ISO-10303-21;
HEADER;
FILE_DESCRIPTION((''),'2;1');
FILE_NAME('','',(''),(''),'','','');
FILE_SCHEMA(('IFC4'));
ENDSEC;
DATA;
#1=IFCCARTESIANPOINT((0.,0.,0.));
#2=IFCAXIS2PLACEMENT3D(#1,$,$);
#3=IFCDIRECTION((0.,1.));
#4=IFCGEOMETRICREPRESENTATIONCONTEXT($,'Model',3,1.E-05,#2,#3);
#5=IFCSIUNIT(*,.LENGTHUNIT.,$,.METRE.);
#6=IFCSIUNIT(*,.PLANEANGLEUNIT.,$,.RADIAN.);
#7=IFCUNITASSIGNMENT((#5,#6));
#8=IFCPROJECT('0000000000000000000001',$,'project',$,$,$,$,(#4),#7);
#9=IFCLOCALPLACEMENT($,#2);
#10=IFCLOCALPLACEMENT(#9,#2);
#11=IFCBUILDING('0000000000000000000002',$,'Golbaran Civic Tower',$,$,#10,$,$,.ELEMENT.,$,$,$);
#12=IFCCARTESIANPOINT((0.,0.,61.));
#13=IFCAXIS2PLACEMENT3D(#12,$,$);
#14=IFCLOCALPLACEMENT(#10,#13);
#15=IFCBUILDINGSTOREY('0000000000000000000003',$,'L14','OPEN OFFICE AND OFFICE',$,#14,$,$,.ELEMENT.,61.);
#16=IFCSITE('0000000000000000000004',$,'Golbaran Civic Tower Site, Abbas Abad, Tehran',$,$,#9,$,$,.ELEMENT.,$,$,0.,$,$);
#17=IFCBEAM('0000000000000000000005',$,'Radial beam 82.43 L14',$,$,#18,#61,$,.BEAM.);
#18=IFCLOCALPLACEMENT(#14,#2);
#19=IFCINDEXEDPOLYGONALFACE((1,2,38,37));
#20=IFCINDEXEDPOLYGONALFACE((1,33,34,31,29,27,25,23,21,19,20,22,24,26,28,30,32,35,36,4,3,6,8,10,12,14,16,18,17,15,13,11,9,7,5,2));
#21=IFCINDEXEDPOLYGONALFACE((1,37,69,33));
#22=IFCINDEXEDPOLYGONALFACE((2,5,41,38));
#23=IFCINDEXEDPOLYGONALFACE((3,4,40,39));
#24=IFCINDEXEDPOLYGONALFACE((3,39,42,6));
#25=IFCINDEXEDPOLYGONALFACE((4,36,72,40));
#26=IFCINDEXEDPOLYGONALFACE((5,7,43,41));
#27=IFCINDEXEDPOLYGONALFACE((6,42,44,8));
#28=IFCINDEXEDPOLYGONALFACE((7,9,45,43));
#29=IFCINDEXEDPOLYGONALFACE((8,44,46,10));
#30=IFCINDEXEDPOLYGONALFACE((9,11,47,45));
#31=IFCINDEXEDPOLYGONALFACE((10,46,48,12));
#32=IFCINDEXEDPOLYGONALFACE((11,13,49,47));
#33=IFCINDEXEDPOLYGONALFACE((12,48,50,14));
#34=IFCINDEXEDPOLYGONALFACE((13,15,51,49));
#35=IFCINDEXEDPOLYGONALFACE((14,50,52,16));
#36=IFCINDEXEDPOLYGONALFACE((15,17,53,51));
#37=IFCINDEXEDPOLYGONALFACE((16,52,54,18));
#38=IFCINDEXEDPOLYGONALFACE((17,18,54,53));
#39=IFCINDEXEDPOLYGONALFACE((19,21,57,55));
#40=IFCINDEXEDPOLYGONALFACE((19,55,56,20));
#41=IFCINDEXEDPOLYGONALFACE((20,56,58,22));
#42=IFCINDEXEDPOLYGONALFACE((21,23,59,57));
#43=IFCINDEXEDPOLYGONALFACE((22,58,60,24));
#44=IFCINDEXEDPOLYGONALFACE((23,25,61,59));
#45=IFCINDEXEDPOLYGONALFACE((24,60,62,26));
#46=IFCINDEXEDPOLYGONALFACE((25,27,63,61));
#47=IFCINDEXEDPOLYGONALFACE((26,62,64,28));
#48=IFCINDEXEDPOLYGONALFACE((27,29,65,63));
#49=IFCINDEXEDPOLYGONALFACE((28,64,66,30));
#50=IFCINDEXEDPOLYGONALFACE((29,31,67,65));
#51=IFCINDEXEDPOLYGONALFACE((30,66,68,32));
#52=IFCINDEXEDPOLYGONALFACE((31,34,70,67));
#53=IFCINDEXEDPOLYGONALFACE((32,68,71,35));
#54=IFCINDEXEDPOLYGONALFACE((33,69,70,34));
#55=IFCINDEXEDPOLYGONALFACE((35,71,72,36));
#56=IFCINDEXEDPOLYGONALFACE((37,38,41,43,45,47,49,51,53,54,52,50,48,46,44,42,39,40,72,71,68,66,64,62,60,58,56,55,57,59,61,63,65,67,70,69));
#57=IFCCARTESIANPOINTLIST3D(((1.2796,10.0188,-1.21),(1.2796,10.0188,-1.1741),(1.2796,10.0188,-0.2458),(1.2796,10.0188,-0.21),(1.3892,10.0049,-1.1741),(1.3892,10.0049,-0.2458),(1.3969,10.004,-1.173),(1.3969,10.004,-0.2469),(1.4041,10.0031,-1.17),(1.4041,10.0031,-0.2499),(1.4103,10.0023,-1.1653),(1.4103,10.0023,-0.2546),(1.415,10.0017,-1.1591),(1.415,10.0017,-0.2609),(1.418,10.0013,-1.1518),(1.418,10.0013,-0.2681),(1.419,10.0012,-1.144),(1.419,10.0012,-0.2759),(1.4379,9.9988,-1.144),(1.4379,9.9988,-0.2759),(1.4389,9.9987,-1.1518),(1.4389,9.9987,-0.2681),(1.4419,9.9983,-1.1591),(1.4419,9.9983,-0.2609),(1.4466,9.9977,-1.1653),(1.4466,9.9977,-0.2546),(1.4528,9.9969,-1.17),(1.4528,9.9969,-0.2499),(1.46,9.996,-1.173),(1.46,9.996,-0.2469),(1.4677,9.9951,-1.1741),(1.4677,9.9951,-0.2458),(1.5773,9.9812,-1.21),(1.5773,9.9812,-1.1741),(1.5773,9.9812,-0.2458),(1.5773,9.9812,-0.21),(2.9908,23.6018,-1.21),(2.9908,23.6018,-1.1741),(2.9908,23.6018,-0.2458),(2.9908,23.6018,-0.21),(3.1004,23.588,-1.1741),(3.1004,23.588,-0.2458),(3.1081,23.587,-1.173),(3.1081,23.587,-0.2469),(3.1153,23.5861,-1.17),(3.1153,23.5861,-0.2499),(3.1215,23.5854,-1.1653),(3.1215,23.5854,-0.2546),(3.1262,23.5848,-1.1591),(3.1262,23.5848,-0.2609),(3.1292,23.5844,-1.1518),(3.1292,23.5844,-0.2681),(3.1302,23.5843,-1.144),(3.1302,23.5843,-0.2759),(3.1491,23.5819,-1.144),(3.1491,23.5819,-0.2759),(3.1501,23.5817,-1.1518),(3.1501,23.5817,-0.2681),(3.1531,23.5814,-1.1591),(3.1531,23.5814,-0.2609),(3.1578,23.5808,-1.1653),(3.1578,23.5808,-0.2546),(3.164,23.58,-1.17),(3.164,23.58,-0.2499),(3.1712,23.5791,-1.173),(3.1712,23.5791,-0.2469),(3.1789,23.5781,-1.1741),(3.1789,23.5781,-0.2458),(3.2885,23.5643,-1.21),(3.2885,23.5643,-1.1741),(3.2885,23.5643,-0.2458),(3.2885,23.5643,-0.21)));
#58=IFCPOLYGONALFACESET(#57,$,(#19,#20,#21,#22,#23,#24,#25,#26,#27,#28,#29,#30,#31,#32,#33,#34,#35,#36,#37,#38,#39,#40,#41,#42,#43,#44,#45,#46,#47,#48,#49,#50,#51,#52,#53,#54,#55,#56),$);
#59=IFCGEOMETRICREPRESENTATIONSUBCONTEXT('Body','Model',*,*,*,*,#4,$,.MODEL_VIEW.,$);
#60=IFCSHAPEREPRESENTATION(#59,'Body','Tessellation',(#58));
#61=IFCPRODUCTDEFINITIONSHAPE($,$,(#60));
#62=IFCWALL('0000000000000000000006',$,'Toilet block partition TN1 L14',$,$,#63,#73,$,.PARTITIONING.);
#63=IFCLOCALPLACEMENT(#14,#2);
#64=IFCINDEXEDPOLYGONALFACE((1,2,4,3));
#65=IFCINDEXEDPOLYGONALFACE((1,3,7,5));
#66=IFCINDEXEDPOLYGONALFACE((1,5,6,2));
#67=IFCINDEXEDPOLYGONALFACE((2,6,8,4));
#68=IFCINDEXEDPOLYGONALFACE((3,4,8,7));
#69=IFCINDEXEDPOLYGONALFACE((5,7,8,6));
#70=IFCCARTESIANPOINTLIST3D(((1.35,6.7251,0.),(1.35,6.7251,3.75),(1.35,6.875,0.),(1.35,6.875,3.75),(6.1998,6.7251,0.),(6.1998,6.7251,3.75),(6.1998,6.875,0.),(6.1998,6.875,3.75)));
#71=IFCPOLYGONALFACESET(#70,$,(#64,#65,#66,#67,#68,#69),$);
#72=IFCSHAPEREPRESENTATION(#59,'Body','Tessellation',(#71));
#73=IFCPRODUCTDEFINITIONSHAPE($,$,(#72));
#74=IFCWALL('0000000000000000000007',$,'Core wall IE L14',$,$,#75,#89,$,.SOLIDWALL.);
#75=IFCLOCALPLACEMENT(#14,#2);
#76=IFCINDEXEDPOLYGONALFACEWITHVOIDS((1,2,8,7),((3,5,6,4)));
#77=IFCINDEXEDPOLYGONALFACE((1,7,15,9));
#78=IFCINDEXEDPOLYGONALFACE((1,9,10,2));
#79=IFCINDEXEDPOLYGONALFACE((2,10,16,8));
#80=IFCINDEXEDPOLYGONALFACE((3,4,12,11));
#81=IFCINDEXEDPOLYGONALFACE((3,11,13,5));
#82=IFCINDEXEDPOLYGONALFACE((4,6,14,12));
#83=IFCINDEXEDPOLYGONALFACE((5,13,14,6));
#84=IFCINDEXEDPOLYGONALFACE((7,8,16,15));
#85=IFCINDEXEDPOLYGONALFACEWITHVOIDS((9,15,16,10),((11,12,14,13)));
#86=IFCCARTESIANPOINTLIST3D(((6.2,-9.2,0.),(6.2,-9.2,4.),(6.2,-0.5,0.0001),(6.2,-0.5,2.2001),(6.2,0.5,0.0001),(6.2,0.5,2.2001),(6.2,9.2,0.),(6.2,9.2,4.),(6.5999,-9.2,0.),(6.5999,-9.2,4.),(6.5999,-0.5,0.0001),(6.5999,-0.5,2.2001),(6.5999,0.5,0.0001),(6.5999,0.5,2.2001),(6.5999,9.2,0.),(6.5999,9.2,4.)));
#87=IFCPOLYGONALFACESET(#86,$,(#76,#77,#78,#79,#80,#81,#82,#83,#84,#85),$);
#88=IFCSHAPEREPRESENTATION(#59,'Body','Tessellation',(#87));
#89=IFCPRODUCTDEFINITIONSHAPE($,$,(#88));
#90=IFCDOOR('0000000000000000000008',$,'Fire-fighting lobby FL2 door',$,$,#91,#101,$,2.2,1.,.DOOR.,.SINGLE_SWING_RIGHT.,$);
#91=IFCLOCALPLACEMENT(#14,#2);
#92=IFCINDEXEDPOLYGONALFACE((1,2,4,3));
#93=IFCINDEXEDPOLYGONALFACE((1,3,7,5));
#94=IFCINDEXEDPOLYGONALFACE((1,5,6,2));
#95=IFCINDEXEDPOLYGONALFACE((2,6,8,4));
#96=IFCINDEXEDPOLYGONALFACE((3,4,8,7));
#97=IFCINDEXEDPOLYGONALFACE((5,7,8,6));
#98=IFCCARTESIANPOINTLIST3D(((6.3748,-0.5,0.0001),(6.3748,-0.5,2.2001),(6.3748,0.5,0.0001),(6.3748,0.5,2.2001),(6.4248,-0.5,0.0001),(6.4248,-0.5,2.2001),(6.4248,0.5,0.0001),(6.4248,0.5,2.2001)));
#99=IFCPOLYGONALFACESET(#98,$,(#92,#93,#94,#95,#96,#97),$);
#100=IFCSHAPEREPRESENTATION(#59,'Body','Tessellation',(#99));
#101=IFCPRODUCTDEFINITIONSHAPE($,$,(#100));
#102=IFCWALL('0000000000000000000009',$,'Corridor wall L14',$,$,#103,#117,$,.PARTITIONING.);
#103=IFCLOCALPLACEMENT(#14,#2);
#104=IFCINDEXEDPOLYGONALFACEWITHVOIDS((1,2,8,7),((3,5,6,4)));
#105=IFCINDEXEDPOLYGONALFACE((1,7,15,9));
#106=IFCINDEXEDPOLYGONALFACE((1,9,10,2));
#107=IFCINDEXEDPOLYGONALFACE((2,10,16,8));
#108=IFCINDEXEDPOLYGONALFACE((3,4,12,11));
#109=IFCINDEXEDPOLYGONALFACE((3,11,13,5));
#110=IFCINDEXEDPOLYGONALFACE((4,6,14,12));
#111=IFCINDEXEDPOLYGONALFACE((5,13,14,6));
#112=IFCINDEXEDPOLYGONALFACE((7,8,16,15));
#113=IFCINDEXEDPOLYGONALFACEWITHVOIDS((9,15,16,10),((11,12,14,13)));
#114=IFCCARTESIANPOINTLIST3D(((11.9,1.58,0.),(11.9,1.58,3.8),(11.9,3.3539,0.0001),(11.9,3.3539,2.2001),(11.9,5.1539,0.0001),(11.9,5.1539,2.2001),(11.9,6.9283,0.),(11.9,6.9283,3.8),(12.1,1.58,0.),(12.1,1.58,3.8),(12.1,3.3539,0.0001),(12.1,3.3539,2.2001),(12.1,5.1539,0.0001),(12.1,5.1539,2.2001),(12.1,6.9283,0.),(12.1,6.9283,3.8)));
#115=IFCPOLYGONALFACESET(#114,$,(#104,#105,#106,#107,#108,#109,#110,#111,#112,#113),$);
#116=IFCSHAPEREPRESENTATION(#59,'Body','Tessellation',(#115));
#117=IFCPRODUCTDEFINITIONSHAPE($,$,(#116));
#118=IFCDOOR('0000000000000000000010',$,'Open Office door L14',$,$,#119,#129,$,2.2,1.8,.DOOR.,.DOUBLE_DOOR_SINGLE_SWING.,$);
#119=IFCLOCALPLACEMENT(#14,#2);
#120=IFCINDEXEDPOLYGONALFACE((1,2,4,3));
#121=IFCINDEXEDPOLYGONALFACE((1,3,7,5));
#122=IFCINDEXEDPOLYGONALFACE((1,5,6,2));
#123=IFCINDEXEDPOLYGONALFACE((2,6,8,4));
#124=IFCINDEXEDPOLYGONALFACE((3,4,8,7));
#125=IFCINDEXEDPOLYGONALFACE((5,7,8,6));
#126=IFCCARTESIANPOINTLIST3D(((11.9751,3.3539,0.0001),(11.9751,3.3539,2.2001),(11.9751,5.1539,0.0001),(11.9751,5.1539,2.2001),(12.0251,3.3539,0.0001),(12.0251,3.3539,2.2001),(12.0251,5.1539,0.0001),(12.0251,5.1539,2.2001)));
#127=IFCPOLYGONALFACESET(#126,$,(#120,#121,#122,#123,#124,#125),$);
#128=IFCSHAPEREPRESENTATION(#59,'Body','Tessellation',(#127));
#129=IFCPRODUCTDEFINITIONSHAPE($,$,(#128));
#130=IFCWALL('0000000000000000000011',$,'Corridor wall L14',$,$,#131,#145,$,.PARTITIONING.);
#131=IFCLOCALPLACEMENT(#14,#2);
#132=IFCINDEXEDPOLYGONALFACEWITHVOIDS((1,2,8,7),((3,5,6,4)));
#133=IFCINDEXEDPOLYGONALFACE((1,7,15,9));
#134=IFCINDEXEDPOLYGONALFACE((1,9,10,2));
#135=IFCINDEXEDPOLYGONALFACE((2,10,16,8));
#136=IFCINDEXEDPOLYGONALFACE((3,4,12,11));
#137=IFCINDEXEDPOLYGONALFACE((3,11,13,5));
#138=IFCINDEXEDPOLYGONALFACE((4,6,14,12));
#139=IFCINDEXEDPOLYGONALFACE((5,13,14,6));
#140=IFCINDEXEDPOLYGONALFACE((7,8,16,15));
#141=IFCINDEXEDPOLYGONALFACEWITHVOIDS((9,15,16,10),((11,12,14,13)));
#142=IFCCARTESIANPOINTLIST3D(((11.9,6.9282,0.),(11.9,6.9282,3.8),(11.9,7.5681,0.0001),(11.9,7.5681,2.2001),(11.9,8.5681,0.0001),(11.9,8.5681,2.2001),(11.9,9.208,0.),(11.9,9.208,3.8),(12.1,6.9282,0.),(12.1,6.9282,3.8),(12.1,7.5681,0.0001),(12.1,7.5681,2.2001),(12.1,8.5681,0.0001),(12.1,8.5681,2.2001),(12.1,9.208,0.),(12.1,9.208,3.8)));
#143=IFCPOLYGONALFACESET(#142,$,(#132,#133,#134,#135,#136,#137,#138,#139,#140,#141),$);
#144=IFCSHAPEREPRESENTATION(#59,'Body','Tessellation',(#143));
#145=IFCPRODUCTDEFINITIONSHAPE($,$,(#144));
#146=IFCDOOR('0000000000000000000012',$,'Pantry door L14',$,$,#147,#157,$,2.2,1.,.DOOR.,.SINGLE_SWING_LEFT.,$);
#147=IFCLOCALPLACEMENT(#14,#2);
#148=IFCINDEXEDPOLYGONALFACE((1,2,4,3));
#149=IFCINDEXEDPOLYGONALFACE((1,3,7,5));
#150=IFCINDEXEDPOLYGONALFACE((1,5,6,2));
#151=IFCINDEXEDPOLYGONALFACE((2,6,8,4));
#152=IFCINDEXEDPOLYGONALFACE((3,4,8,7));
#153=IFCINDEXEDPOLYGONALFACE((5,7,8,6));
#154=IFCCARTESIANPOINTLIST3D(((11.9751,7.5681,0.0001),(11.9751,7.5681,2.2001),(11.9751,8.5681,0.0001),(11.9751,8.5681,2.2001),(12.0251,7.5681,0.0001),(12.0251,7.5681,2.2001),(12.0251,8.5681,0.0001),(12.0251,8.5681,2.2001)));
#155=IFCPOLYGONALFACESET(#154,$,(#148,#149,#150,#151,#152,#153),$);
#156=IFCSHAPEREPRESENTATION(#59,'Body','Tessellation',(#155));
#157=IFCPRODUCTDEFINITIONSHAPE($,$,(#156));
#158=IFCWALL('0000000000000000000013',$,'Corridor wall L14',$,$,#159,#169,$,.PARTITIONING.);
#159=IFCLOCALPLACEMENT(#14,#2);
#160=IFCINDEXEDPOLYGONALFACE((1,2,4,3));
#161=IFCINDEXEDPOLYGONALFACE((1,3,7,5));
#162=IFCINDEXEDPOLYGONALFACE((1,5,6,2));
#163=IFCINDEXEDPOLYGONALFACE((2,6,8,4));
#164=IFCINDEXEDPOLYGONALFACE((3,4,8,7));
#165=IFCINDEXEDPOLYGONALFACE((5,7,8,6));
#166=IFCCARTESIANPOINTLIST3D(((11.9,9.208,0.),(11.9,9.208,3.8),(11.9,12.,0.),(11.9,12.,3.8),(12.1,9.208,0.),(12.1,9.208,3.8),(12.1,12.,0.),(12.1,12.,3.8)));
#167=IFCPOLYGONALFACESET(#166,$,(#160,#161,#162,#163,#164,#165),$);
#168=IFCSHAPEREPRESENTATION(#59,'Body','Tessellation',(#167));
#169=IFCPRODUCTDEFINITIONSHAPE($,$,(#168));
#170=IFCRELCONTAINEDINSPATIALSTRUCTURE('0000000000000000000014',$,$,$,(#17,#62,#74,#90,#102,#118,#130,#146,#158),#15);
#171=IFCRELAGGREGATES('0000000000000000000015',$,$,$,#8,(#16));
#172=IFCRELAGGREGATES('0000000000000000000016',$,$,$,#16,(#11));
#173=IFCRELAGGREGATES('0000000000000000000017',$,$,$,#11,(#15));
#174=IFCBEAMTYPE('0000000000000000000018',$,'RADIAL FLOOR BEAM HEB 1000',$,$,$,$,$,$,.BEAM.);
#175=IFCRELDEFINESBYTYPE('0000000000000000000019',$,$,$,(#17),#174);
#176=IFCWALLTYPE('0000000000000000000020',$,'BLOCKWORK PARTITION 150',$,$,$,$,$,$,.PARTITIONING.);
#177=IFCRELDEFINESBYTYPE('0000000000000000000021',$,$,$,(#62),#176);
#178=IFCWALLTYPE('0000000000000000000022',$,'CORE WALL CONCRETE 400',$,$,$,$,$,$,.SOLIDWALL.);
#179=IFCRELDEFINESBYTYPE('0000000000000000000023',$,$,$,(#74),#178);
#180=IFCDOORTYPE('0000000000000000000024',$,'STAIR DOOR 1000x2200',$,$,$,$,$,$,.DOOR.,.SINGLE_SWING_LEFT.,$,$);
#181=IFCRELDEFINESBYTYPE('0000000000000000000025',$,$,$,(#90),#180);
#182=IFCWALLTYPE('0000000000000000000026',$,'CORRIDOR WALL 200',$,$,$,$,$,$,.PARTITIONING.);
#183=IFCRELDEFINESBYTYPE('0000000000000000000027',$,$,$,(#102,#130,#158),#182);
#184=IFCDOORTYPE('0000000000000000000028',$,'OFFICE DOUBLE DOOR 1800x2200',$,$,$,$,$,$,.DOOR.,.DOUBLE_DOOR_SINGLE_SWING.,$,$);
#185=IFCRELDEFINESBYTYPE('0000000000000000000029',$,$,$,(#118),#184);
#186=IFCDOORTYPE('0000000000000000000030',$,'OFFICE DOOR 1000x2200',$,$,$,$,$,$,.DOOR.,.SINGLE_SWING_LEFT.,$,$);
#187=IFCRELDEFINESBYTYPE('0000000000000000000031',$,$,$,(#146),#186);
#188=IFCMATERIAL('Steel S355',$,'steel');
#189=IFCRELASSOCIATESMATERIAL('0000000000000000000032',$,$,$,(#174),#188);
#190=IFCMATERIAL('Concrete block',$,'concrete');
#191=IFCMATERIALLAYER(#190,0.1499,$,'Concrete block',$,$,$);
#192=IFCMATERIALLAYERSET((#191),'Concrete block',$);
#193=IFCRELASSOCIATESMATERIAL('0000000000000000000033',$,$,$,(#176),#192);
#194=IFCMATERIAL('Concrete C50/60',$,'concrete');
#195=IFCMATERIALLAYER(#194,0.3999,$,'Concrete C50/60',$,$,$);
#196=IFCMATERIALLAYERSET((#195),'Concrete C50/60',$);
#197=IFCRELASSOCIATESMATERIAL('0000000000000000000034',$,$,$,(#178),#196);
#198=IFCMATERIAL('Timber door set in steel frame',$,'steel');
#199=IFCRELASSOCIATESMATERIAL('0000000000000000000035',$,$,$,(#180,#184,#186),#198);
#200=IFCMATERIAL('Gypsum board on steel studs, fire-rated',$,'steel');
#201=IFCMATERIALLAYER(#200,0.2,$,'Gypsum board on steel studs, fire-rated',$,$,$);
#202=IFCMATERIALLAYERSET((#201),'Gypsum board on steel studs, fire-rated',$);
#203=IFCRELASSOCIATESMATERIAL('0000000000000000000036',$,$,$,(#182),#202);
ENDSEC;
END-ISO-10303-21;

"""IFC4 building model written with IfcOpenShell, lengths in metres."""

from ifc_helpers import new_model, si_unit, direction, frame, frame_2d, origin, origin_2d, place, context, subcontext, project, spatial, rectangle, i_section, extrude, material, layer, layer_set, material_profile, profile_set, type_object, element, fill, save


model = new_model("IFC4")

# Units and contexts
model_context = context("Model", 3, precision=1e-05, world=origin(), true_north=direction((0.0, 1.0)))
body_context = subcontext(model_context, "Body", "Model", "MODEL_VIEW")
ifc_project = project(units=[si_unit("LENGTHUNIT", "METRE"), si_unit("PLANEANGLEUNIT", "RADIAN")], contexts=[model_context])

# Site, building, storey
site_placement = place(None, origin())
site = spatial("IfcSite", under=ifc_project, at=site_placement, Name="Golbaran Civic Tower Site, Abbas Abad, Tehran", CompositionType="ELEMENT", RefElevation=0.0)
building_placement = place(site_placement, origin())
building = spatial("IfcBuilding", under=site, at=building_placement, Name="Golbaran Civic Tower", CompositionType="ELEMENT")
storey_placement = place(building_placement, frame((0.0, 0.0, 61.0)))
storey = spatial("IfcBuildingStorey", under=building, at=storey_placement, Name="L14", Description="OPEN OFFICE AND OFFICE", CompositionType="ELEMENT", Elevation=61.0)

# Beam
ifc_material_1 = material(Name="Steel S355", Category="steel")
ifc_material_profile = material_profile(ifc_material_1, i_section(OverallWidth=0.3, OverallDepth=1.0, WebThickness=0.019, FlangeThickness=0.0359, FilletRadius=0.03, at=origin_2d()), Name="HEB 1000")
ifc_profile_set = profile_set([ifc_material_profile], Name="Steel S355")
beam_type = type_object("IfcBeamType", Name="RADIAL FLOOR BEAM HEB 1000", PredefinedType="BEAM", material=ifc_profile_set)
beam_1_placement = place(storey_placement, frame((1.4285, 10.0, -0.71), z_axis=(0.124992, 0.992158, 0.0), x_axis=(-0.992158, 0.124992, 0.0)))
element("IfcBeam", 1, at=beam_1_placement, inside=storey, type_object=beam_type, Name="Radial beam 82.43 L14", PredefinedType="BEAM", context=body_context, shape_type="SweptSolid", body=[
    extrude(i_section(OverallWidth=0.3, OverallDepth=1.0, WebThickness=0.019, FlangeThickness=0.0359, FilletRadius=0.03, at=origin_2d()), origin(), (0.0, 0.0, 1.0), 13.6904),
])

# Wall
ifc_material_2 = material(Name="Concrete block", Category="concrete")
ifc_layer_1 = layer(ifc_material_2, 0.1499, Name="Concrete block")
ifc_layer_set_1 = layer_set([ifc_layer_1], Name="Concrete block")
wall_type_1 = type_object("IfcWallType", Name="BLOCKWORK PARTITION 150", PredefinedType="PARTITIONING", material=ifc_layer_set_1)
wall_1_placement = place(storey_placement, frame((1.3501, 6.8, 0.0), z_axis=(0.0, 0.0, 1.0), x_axis=(1.0, 0.0, 0.0)))
element("IfcWall", 2, at=wall_1_placement, inside=storey, type_object=wall_type_1, Name="Toilet block partition TN1 L14", PredefinedType="PARTITIONING", context=body_context, shape_type="SweptSolid", body=[
    extrude(rectangle(XDim=4.8499, YDim=0.1499, at=frame_2d((2.4248, 0.0))), origin(), (0.0, 0.0, 1.0), 3.75),
])

# Walls, openings, doors
ifc_material_3 = material(Name="Concrete C50/60", Category="concrete")
ifc_layer_2 = layer(ifc_material_3, 0.3999, Name="Concrete C50/60")
ifc_layer_set_2 = layer_set([ifc_layer_2], Name="Concrete C50/60")
wall_type_2 = type_object("IfcWallType", Name="CORE WALL CONCRETE 400", PredefinedType="SOLIDWALL", material=ifc_layer_set_2)
wall_2_placement = place(storey_placement, frame((6.3999, 9.2, 0.0), z_axis=(0.0, 0.0, 1.0), x_axis=(0.0, -1.0, 0.0)))
wall_2 = element("IfcWall", 3, at=wall_2_placement, inside=storey, type_object=wall_type_2, Name="Core wall IE L14", PredefinedType="SOLIDWALL", context=body_context, shape_type="SweptSolid", body=[
    extrude(rectangle(XDim=18.3999, YDim=0.3999, at=frame_2d((9.2, 0.0))), origin(), (0.0, 0.0, 1.0), 4.0),
])
opening_1_placement = place(wall_2_placement, frame((8.7, 0.0, 0.0)))
opening_1 = element("IfcOpeningElement", 4, at=opening_1_placement, cuts=wall_2, PredefinedType="OPENING", context=body_context, shape_type="SweptSolid", body=[
    extrude(rectangle(XDim=1.0, YDim=2.2, at=frame_2d((0.5, 1.1001))), frame((0.0, 0.21, 0.0), z_axis=(0.0, -1.0, 0.0), x_axis=(1.0, 0.0, 0.0)), (0.0, 0.0, 1.0), 0.4199),
])
ifc_material_4 = material(Name="Timber door set in steel frame", Category="steel")
door_type_1 = type_object("IfcDoorType", Name="STAIR DOOR 1000x2200", OperationType="SINGLE_SWING_LEFT", PredefinedType="DOOR", material=ifc_material_4)
door_1_placement = place(opening_1_placement, origin())
door_1 = element("IfcDoor", 5, at=door_1_placement, inside=storey, type_object=door_type_1, Name="Fire-fighting lobby FL2 door", OperationType="SINGLE_SWING_RIGHT", OverallHeight=2.2, OverallWidth=1.0, PredefinedType="DOOR", context=body_context, shape_type="SweptSolid", body=[
    extrude(rectangle(XDim=1.0, YDim=2.2, at=frame_2d((0.5, 1.1001))), frame((0.0, 0.0249, 0.0), z_axis=(0.0, -1.0, 0.0), x_axis=(1.0, 0.0, 0.0)), (0.0, 0.0, 1.0), 0.05),
])
fill(opening_1, door_1)
ifc_material_5 = material(Name="Gypsum board on steel studs, fire-rated", Category="steel")
ifc_layer_3 = layer(ifc_material_5, 0.2, Name="Gypsum board on steel studs, fire-rated")
ifc_layer_set_3 = layer_set([ifc_layer_3], Name="Gypsum board on steel studs, fire-rated")
wall_type_3 = type_object("IfcWallType", Name="CORRIDOR WALL 200", PredefinedType="PARTITIONING", material=ifc_layer_set_3)
wall_3_placement = place(storey_placement, frame((12.0, 1.5798, 0.0), z_axis=(0.0, 0.0, 1.0), x_axis=(0.0, 1.0, 0.0)))
wall_3 = element("IfcWall", 6, at=wall_3_placement, inside=storey, type_object=wall_type_3, Name="Corridor wall L14", PredefinedType="PARTITIONING", context=body_context, shape_type="SweptSolid", body=[
    extrude(rectangle(XDim=5.3484, YDim=0.2, at=frame_2d((2.6743, 0.0))), origin(), (0.0, 0.0, 1.0), 3.8),
])
opening_2_placement = place(wall_3_placement, frame((1.7742, 0.0, 0.0)))
opening_2 = element("IfcOpeningElement", 7, at=opening_2_placement, cuts=wall_3, PredefinedType="OPENING", context=body_context, shape_type="SweptSolid", body=[
    extrude(rectangle(XDim=1.8, YDim=2.2, at=frame_2d((0.8999, 1.1001))), frame((0.0, 0.1099, 0.0), z_axis=(0.0, -1.0, 0.0), x_axis=(1.0, 0.0, 0.0)), (0.0, 0.0, 1.0), 0.22),
])
door_type_2 = type_object("IfcDoorType", Name="OFFICE DOUBLE DOOR 1800x2200", OperationType="DOUBLE_DOOR_SINGLE_SWING", PredefinedType="DOOR", material=ifc_material_4)
door_2_placement = place(opening_2_placement, origin())
door_2 = element("IfcDoor", 8, at=door_2_placement, inside=storey, type_object=door_type_2, Name="Open Office door L14", OperationType="DOUBLE_DOOR_SINGLE_SWING", OverallHeight=2.2, OverallWidth=1.8, PredefinedType="DOOR", context=body_context, shape_type="SweptSolid", body=[
    extrude(rectangle(XDim=1.8, YDim=2.2, at=frame_2d((0.8999, 1.1001))), frame((0.0, 0.0249, 0.0), z_axis=(0.0, -1.0, 0.0), x_axis=(1.0, 0.0, 0.0)), (0.0, 0.0, 1.0), 0.05),
])
fill(opening_2, door_2)
wall_4_placement = place(storey_placement, frame((12.0, 6.9282, 0.0), z_axis=(0.0, 0.0, 1.0), x_axis=(0.0, 1.0, 0.0)))
wall_4 = element("IfcWall", 9, at=wall_4_placement, inside=storey, type_object=wall_type_3, Name="Corridor wall L14", PredefinedType="PARTITIONING", context=body_context, shape_type="SweptSolid", body=[
    extrude(rectangle(XDim=2.2798, YDim=0.2, at=frame_2d((1.1399, 0.0))), origin(), (0.0, 0.0, 1.0), 3.8),
])
opening_3_placement = place(wall_4_placement, frame((0.6399, 0.0, 0.0)))
opening_3 = element("IfcOpeningElement", 10, at=opening_3_placement, cuts=wall_4, PredefinedType="OPENING", context=body_context, shape_type="SweptSolid", body=[
    extrude(rectangle(XDim=1.0, YDim=2.2, at=frame_2d((0.5, 1.1001))), frame((0.0, 0.1099, 0.0), z_axis=(0.0, -1.0, 0.0), x_axis=(1.0, 0.0, 0.0)), (0.0, 0.0, 1.0), 0.22),
])
door_type_3 = type_object("IfcDoorType", Name="OFFICE DOOR 1000x2200", OperationType="SINGLE_SWING_LEFT", PredefinedType="DOOR", material=ifc_material_4)
door_3_placement = place(opening_3_placement, origin())
door_3 = element("IfcDoor", 11, at=door_3_placement, inside=storey, type_object=door_type_3, Name="Pantry door L14", OperationType="SINGLE_SWING_LEFT", OverallHeight=2.2, OverallWidth=1.0, PredefinedType="DOOR", context=body_context, shape_type="SweptSolid", body=[
    extrude(rectangle(XDim=1.0, YDim=2.2, at=frame_2d((0.5, 1.1001))), frame((0.0, 0.0249, 0.0), z_axis=(0.0, -1.0, 0.0), x_axis=(1.0, 0.0, 0.0)), (0.0, 0.0, 1.0), 0.05),
])
fill(opening_3, door_3)

# Wall
wall_5_placement = place(storey_placement, frame((12.0, 9.208, 0.0), z_axis=(0.0, 0.0, 1.0), x_axis=(0.0, 1.0, 0.0)))
element("IfcWall", 12, at=wall_5_placement, inside=storey, type_object=wall_type_3, Name="Corridor wall L14", PredefinedType="PARTITIONING", context=body_context, shape_type="SweptSolid", body=[
    extrude(rectangle(XDim=2.792, YDim=0.2, at=frame_2d((1.396, 0.0))), origin(), (0.0, 0.0, 1.0), 3.8),
])

save(model, "model.ifc")
